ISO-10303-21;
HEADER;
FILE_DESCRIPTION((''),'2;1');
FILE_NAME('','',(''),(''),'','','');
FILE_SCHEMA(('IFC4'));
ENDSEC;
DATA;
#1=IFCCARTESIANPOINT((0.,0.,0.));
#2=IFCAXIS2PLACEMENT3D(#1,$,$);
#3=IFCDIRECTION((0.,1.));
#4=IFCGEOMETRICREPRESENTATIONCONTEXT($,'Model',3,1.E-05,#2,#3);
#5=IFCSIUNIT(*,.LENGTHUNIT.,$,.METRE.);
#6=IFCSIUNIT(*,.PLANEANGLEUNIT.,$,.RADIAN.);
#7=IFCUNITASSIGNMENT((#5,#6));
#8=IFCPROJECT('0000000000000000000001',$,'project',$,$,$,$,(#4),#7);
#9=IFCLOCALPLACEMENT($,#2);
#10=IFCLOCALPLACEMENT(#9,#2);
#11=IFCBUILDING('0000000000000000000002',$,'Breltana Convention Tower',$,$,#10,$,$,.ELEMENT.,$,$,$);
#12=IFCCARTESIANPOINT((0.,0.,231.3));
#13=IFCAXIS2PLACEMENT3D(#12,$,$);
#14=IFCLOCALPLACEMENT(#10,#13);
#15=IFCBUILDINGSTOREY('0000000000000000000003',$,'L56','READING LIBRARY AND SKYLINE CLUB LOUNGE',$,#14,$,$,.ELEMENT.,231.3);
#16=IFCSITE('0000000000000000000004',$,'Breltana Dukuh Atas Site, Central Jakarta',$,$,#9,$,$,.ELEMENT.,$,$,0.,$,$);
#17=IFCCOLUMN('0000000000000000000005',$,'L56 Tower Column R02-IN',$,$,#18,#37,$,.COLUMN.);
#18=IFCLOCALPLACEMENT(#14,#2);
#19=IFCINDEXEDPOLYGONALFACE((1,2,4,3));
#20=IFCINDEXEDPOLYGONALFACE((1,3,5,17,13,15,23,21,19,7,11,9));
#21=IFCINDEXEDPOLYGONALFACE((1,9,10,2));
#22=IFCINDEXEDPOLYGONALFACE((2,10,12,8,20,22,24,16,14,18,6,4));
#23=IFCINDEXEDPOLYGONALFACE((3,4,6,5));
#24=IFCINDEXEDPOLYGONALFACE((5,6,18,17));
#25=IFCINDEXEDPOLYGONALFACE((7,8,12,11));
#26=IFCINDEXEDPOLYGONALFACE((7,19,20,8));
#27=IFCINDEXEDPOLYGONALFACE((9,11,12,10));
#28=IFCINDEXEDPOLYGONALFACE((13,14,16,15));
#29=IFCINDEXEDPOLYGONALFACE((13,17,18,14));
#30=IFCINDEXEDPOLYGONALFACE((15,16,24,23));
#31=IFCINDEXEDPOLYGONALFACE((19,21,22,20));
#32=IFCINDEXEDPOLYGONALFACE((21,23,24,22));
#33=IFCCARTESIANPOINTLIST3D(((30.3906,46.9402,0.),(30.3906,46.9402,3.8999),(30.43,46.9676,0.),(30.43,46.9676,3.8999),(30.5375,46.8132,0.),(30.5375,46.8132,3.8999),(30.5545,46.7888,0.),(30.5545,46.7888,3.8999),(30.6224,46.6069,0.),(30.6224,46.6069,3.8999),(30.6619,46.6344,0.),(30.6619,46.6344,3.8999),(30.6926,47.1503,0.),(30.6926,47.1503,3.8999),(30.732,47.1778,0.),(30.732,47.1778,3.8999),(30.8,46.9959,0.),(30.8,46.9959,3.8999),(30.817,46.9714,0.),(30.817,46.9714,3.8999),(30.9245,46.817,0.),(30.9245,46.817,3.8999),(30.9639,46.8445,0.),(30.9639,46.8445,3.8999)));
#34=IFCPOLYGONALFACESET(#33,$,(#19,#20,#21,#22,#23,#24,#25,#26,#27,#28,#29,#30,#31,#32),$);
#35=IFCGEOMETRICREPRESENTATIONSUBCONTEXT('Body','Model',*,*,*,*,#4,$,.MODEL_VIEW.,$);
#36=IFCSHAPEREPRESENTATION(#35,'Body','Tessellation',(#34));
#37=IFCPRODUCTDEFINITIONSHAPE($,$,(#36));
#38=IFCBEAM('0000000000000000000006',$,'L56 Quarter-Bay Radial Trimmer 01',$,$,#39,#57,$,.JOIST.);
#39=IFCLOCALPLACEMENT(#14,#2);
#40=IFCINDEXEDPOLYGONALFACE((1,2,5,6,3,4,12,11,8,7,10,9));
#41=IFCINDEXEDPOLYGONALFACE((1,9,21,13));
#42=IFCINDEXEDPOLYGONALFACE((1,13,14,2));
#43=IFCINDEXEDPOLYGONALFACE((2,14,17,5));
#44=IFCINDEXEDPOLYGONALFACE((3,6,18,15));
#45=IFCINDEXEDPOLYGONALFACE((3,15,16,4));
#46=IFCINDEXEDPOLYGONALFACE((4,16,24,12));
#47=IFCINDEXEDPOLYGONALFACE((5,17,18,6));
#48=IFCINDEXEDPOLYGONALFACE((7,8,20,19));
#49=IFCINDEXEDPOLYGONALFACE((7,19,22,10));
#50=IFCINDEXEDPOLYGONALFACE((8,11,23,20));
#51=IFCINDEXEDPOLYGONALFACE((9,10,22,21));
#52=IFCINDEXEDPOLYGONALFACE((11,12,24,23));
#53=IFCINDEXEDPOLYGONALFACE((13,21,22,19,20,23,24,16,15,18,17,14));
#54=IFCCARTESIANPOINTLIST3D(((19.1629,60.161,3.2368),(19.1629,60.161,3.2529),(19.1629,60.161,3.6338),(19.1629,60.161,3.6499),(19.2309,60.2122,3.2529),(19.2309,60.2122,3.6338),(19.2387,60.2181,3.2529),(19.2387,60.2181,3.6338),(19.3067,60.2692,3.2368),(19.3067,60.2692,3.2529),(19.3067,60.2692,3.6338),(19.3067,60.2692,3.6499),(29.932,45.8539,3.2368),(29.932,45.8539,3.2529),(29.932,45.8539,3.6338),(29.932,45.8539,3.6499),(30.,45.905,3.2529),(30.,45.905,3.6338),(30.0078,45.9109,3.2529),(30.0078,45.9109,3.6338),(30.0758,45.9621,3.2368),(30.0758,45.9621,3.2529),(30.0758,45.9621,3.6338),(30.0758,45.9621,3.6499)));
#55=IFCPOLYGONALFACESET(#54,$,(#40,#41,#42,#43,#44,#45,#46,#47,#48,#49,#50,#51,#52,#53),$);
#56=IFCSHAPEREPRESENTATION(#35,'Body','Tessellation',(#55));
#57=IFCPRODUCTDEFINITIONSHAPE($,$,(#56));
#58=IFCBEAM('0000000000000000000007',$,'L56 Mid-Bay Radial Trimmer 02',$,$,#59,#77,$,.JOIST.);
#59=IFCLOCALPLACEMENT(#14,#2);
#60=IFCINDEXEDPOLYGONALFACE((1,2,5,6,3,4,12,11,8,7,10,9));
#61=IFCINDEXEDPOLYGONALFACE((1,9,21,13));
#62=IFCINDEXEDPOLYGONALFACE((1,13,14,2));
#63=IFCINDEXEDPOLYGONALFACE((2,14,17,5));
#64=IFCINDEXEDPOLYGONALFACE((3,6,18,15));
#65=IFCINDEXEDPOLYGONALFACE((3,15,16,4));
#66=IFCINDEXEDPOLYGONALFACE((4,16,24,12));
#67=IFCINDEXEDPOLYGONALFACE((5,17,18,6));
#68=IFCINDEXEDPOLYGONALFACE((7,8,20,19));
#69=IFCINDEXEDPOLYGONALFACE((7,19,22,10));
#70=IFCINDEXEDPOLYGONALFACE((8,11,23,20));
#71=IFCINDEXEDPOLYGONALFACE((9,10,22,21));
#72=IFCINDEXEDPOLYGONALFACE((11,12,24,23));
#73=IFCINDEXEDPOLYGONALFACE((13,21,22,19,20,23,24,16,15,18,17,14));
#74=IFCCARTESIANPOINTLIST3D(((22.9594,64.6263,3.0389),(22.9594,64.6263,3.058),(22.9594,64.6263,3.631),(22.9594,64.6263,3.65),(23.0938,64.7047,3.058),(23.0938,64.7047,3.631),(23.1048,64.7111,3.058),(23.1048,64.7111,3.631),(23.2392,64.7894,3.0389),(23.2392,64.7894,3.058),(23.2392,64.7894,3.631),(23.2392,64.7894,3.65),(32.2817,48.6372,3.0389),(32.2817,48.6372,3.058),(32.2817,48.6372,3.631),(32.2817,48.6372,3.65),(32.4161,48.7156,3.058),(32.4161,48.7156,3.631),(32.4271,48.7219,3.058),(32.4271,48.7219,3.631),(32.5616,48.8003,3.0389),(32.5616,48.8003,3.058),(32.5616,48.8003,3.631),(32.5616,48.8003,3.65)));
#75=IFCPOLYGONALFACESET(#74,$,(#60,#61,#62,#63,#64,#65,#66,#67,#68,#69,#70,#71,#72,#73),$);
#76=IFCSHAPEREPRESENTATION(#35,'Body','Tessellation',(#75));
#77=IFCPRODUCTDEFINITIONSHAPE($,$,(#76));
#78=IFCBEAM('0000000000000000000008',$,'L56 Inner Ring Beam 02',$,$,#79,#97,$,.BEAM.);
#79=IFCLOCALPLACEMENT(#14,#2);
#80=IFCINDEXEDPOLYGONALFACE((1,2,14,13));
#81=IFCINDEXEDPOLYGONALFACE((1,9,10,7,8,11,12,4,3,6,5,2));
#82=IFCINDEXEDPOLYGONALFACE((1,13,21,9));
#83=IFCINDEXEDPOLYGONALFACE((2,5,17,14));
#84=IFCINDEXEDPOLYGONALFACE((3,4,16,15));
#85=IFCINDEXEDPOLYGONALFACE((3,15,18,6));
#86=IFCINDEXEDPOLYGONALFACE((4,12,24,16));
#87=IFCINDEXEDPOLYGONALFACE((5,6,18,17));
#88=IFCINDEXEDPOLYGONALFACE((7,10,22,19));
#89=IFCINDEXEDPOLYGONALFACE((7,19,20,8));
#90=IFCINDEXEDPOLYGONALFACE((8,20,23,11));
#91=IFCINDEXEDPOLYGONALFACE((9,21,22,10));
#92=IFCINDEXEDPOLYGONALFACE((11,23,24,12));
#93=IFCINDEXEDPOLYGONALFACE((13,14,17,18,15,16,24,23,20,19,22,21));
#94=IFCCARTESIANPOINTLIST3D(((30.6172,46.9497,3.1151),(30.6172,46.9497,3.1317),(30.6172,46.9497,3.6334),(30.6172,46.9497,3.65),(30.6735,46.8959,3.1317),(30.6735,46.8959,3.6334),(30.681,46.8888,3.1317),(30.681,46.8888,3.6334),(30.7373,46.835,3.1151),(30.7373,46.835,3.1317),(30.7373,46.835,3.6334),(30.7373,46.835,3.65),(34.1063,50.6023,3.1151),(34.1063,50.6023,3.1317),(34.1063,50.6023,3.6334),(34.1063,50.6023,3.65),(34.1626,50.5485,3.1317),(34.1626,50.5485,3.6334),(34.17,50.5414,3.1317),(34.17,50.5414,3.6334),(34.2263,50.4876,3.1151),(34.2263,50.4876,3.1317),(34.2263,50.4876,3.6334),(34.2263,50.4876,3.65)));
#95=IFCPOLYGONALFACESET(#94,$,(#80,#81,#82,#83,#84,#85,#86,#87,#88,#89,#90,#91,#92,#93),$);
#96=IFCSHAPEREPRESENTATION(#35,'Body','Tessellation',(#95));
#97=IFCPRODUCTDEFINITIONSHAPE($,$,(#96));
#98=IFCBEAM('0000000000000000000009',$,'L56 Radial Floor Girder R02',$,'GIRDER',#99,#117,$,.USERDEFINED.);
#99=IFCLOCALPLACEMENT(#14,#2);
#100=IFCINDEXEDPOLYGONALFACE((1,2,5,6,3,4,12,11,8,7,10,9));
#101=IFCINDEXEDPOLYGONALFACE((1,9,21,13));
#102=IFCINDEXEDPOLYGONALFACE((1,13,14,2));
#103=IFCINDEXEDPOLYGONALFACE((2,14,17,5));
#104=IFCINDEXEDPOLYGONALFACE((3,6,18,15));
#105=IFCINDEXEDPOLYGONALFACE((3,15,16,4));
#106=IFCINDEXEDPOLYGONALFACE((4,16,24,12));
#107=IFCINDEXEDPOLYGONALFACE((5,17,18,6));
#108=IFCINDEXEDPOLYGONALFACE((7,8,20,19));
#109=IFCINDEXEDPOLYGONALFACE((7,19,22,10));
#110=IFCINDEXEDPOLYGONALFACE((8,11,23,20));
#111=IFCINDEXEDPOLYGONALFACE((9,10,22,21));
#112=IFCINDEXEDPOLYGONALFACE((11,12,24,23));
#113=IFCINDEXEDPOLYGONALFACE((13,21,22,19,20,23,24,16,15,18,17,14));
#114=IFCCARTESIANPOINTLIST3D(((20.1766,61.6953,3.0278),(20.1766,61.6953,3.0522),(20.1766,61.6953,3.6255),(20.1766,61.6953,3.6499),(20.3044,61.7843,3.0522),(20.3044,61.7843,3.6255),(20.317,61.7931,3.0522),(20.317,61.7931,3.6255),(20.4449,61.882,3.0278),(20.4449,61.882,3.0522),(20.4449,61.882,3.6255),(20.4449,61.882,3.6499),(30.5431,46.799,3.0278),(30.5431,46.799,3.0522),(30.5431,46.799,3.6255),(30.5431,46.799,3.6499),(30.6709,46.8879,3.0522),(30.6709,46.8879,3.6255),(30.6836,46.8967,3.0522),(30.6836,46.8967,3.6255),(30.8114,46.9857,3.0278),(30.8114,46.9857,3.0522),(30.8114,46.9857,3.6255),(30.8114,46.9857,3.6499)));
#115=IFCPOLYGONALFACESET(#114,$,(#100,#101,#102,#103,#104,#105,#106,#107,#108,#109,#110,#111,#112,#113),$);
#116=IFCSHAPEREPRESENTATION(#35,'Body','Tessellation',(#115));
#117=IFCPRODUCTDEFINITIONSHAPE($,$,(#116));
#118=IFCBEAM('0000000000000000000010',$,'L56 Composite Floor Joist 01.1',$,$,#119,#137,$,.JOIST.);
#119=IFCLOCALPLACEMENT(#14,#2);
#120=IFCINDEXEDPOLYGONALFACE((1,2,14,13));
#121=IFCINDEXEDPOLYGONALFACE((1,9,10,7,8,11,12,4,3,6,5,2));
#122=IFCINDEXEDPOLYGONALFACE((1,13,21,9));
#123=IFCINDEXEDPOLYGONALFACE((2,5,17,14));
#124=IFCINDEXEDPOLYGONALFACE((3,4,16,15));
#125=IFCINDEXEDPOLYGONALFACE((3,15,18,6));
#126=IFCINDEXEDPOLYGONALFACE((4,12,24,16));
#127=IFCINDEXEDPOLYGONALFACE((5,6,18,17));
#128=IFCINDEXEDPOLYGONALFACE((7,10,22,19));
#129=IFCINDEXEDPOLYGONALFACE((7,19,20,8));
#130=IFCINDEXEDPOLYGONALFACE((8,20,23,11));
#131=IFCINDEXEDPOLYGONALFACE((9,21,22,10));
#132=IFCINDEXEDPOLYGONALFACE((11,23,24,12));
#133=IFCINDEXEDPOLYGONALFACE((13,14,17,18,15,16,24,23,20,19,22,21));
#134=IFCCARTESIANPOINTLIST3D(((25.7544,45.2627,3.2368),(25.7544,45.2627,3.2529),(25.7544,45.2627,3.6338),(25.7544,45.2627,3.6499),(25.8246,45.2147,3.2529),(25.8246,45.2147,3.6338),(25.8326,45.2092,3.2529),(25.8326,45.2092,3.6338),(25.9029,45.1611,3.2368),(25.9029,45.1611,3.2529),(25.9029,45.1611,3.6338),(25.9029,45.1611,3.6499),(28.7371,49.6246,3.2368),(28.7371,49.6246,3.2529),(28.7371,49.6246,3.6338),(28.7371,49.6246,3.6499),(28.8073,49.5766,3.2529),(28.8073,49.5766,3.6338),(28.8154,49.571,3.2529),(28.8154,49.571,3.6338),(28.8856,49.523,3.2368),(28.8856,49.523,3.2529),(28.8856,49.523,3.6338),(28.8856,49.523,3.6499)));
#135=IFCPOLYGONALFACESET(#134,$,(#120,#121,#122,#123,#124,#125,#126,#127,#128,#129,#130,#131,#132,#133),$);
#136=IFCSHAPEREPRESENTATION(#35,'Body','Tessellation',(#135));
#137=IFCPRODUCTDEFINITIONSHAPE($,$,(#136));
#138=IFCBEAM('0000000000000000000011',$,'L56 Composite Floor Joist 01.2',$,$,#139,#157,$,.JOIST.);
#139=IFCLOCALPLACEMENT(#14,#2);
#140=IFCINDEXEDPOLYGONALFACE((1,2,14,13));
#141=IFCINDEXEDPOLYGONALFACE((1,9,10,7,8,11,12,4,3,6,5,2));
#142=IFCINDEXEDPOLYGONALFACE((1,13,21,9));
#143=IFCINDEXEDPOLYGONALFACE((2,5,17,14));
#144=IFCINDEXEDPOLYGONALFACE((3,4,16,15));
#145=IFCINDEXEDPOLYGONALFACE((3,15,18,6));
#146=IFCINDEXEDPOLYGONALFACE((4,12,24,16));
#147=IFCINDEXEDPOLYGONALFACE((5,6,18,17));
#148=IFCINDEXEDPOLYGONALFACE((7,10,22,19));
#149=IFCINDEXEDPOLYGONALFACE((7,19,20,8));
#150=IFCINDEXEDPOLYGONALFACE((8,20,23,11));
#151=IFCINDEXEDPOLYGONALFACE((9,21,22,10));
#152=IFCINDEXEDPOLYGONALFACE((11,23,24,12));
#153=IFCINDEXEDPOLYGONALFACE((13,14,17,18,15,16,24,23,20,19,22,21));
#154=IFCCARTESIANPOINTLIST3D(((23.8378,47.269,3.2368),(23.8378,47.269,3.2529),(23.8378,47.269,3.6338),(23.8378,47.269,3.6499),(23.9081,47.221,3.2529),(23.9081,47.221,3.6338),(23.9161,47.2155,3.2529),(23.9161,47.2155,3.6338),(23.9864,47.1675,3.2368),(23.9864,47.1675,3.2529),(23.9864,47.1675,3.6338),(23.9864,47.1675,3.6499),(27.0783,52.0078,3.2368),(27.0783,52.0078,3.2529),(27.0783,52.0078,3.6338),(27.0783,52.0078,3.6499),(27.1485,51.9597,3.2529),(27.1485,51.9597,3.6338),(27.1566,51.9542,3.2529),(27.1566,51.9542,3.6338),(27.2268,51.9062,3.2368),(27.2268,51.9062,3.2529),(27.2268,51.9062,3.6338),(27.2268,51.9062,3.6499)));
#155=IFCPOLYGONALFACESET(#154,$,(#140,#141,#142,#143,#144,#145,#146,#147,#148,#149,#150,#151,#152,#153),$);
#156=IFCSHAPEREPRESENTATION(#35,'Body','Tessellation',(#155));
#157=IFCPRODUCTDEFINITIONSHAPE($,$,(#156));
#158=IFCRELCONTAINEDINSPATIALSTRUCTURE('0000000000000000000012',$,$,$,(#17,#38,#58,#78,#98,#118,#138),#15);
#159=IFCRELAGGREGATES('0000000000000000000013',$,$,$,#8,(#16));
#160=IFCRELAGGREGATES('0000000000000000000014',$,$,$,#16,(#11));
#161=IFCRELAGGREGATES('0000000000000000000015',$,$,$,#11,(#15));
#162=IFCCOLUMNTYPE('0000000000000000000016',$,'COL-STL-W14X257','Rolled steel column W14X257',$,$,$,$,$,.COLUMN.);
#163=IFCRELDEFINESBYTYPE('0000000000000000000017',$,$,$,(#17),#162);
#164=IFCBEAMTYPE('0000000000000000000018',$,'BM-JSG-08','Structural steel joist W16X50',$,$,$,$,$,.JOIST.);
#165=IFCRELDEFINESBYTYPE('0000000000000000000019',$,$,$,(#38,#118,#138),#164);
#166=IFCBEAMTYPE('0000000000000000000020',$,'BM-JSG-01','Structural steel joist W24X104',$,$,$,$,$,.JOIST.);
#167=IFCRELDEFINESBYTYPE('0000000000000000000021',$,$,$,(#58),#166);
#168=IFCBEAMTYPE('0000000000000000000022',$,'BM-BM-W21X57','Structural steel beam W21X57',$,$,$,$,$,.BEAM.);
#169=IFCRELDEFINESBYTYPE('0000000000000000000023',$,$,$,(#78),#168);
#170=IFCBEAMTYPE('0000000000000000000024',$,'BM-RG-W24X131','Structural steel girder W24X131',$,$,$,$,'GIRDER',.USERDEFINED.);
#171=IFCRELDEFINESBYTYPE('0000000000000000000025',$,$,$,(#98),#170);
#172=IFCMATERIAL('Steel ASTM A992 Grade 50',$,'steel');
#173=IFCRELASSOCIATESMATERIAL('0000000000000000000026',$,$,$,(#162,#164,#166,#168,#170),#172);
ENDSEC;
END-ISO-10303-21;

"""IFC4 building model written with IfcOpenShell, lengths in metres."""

from ifc_helpers import new_model, si_unit, direction, frame, origin, origin_2d, place, context, subcontext, project, spatial, i_section, extrude, source, transform, mapped, material, material_profile, profile_set, type_object, element, save


model = new_model("IFC4")

# Units and contexts
model_context = context("Model", 3, precision=1e-05, world=origin(), true_north=direction((0.0, 1.0)))
body_context = subcontext(model_context, "Body", "Model", "MODEL_VIEW")
ifc_project = project(units=[si_unit("LENGTHUNIT", "METRE"), si_unit("PLANEANGLEUNIT", "RADIAN")], contexts=[model_context])

# Site, building, storey
site_placement = place(None, origin())
site = spatial("IfcSite", under=ifc_project, at=site_placement, Name="Breltana Dukuh Atas Site, Central Jakarta", CompositionType="ELEMENT", RefElevation=0.0)
building_placement = place(site_placement, origin())
building = spatial("IfcBuilding", under=site, at=building_placement, Name="Breltana Convention Tower", CompositionType="ELEMENT")
storey_placement = place(building_placement, frame((0.0, 0.0, 231.3)))
storey = spatial("IfcBuildingStorey", under=building, at=storey_placement, Name="L56", Description="READING LIBRARY AND SKYLINE CLUB LOUNGE", CompositionType="ELEMENT", Elevation=231.3)

# Column
ifc_material_1 = material(Name="Steel ASTM A992 Grade 50", Category="steel")
ifc_material_profile_1 = material_profile(ifc_material_1, i_section(OverallWidth=0.406, OverallDepth=0.416, WebThickness=0.0298, FlangeThickness=0.0481, at=origin_2d()), Name="W14X257")
ifc_profile_set_1 = profile_set([ifc_material_profile_1], Name="Steel ASTM A992 Grade 50")
column_type = type_object("IfcColumnType", Name="COL-STL-W14X257", Description="Rolled steel column W14X257", PredefinedType="COLUMN", material=ifc_profile_set_1)
shared_shape_1 = source(origin(), body_context, "Body", "SweptSolid", [
    extrude(i_section(OverallWidth=0.406, OverallDepth=0.416, WebThickness=0.0298, FlangeThickness=0.0481, at=origin_2d()), origin(), (0.0, 0.0, 1.0), 3.8999),
])
column_placement = place(storey_placement, frame((30.6772, 46.8923, 0.0), z_axis=(0.0, 0.0, 1.0), x_axis=(-0.571143, 0.82085, 0.0)))
element("IfcColumn", 1, at=column_placement, inside=storey, type_object=column_type, Name="L56 Tower Column R02-IN", PredefinedType="COLUMN", context=body_context, shape_type="MappedRepresentation", body=[
    mapped(shared_shape_1, transform((0.0, 0.0, 0.0), scale=1.0)),
])

# Beams
ifc_material_profile_2 = material_profile(ifc_material_1, i_section(OverallWidth=0.1799, OverallDepth=0.4131, WebThickness=0.0098, FlangeThickness=0.0161, at=origin_2d()), Name="W16X50")
ifc_profile_set_2 = profile_set([ifc_material_profile_2], Name="Steel ASTM A992 Grade 50")
beam_type_1 = type_object("IfcBeamType", Name="BM-JSG-08", Description="Structural steel joist W16X50", PredefinedType="JOIST", material=ifc_profile_set_2)
shared_shape_2 = source(origin(), body_context, "Body", "SweptSolid", [
    extrude(i_section(OverallWidth=0.1799, OverallDepth=0.4131, WebThickness=0.0098, FlangeThickness=0.0161, at=origin_2d()), origin(), (0.0, 0.0, 1.0), 17.9072),
])
beam_1_placement = place(storey_placement, frame((30.0039, 45.908, 3.4434), z_axis=(-0.601382, 0.798962, 0.0), x_axis=(-0.798962, -0.601382, 0.0)))
element("IfcBeam", 2, at=beam_1_placement, inside=storey, type_object=beam_type_1, Name="L56 Quarter-Bay Radial Trimmer 01", PredefinedType="JOIST", context=body_context, shape_type="MappedRepresentation", body=[
    mapped(shared_shape_2, transform((0.0, 0.0, 0.0), scale=1.0)),
])
ifc_material_profile_3 = material_profile(ifc_material_1, i_section(OverallWidth=0.324, OverallDepth=0.6111, WebThickness=0.0127, FlangeThickness=0.019, at=origin_2d()), Name="W24X104")
ifc_profile_set_3 = profile_set([ifc_material_profile_3], Name="Steel ASTM A992 Grade 50")
beam_type_2 = type_object("IfcBeamType", Name="BM-JSG-01", Description="Structural steel joist W24X104", PredefinedType="JOIST", material=ifc_profile_set_3)
shared_shape_3 = source(origin(), body_context, "Body", "SweptSolid", [
    extrude(i_section(OverallWidth=0.324, OverallDepth=0.6111, WebThickness=0.0127, FlangeThickness=0.019, at=origin_2d()), origin(), (0.0, 0.0, 1.0), 18.5083),
])
beam_2_placement = place(storey_placement, frame((32.4216, 48.7188, 3.3445), z_axis=(-0.503683, 0.863888, 0.0), x_axis=(-0.863888, -0.503683, 0.0)))
element("IfcBeam", 3, at=beam_2_placement, inside=storey, type_object=beam_type_2, Name="L56 Mid-Bay Radial Trimmer 02", PredefinedType="JOIST", context=body_context, shape_type="MappedRepresentation", body=[
    mapped(shared_shape_3, transform((0.0, 0.0, 0.0), scale=1.0)),
])
ifc_material_profile_4 = material_profile(ifc_material_1, i_section(OverallWidth=0.166, OverallDepth=0.5349, WebThickness=0.0103, FlangeThickness=0.0166, at=origin_2d()), Name="W21X57")
ifc_profile_set_4 = profile_set([ifc_material_profile_4], Name="Steel ASTM A992 Grade 50")
beam_type_3 = type_object("IfcBeamType", Name="BM-BM-W21X57", Description="Structural steel beam W21X57", PredefinedType="BEAM", material=ifc_profile_set_4)
shared_shape_4 = source(origin(), body_context, "Body", "SweptSolid", [
    extrude(i_section(OverallWidth=0.166, OverallDepth=0.5349, WebThickness=0.0103, FlangeThickness=0.0166, at=origin_2d()), origin(), (0.0, 0.0, 1.0), 5.0513),
])
beam_3_placement = place(storey_placement, frame((30.6772, 46.8923, 3.3826), z_axis=(0.69073, 0.723113, 0.0), x_axis=(-0.723113, 0.69073, 0.0)))
element("IfcBeam", 4, at=beam_3_placement, inside=storey, type_object=beam_type_3, Name="L56 Inner Ring Beam 02", PredefinedType="BEAM", context=body_context, shape_type="MappedRepresentation", body=[
    mapped(shared_shape_4, transform((0.0, 0.0, 0.0), scale=1.0)),
])
ifc_material_profile_5 = material_profile(ifc_material_1, i_section(OverallWidth=0.3269, OverallDepth=0.6221, WebThickness=0.0154, FlangeThickness=0.0244, at=origin_2d()), Name="W24X131")
ifc_profile_set_5 = profile_set([ifc_material_profile_5], Name="Steel ASTM A992 Grade 50")
beam_type_4 = type_object("IfcBeamType", Name="BM-RG-W24X131", Description="Structural steel girder W24X131", ElementType="GIRDER", PredefinedType="USERDEFINED", material=ifc_profile_set_5)
shared_shape_5 = source(origin(), body_context, "Body", "SweptSolid", [
    extrude(i_section(OverallWidth=0.3269, OverallDepth=0.6221, WebThickness=0.0154, FlangeThickness=0.0244, at=origin_2d()), origin(), (0.0, 0.0, 1.0), 18.1484),
])
beam_4_placement = place(storey_placement, frame((30.6772, 46.8923, 3.3389), z_axis=(-0.571208, 0.820806, 0.0), x_axis=(-0.820806, -0.571208, 0.0)))
element("IfcBeam", 5, at=beam_4_placement, inside=storey, type_object=beam_type_4, Name="L56 Radial Floor Girder R02", ObjectType="GIRDER", PredefinedType="USERDEFINED", context=body_context, shape_type="MappedRepresentation", body=[
    mapped(shared_shape_5, transform((0.0, 0.0, 0.0), scale=1.0)),
])
shared_shape_6 = source(origin(), body_context, "Body", "SweptSolid", [
    extrude(i_section(OverallWidth=0.1799, OverallDepth=0.4131, WebThickness=0.0098, FlangeThickness=0.0161, at=origin_2d()), origin(), (0.0, 0.0, 1.0), 5.2842),
])
beam_5_placement = place(storey_placement, frame((25.8286, 45.2119, 3.4434), z_axis=(0.56446, 0.82546, 0.0), x_axis=(-0.82546, 0.56446, 0.0)))
element("IfcBeam", 6, at=beam_5_placement, inside=storey, type_object=beam_type_1, Name="L56 Composite Floor Joist 01.1", PredefinedType="JOIST", context=body_context, shape_type="MappedRepresentation", body=[
    mapped(shared_shape_6, transform((0.0, 0.0, 0.0), scale=1.0)),
])
shared_shape_7 = source(origin(), body_context, "Body", "SweptSolid", [
    extrude(i_section(OverallWidth=0.1799, OverallDepth=0.4131, WebThickness=0.0098, FlangeThickness=0.0161, at=origin_2d()), origin(), (0.0, 0.0, 1.0), 5.7407),
])
beam_6_placement = place(storey_placement, frame((23.9121, 47.2183, 3.4434), z_axis=(0.564466, 0.825456, 0.0), x_axis=(-0.825456, 0.564466, 0.0)))
element("IfcBeam", 7, at=beam_6_placement, inside=storey, type_object=beam_type_1, Name="L56 Composite Floor Joist 01.2", PredefinedType="JOIST", context=body_context, shape_type="MappedRepresentation", body=[
    mapped(shared_shape_7, transform((0.0, 0.0, 0.0), scale=1.0)),
])

save(model, "model.ifc")
